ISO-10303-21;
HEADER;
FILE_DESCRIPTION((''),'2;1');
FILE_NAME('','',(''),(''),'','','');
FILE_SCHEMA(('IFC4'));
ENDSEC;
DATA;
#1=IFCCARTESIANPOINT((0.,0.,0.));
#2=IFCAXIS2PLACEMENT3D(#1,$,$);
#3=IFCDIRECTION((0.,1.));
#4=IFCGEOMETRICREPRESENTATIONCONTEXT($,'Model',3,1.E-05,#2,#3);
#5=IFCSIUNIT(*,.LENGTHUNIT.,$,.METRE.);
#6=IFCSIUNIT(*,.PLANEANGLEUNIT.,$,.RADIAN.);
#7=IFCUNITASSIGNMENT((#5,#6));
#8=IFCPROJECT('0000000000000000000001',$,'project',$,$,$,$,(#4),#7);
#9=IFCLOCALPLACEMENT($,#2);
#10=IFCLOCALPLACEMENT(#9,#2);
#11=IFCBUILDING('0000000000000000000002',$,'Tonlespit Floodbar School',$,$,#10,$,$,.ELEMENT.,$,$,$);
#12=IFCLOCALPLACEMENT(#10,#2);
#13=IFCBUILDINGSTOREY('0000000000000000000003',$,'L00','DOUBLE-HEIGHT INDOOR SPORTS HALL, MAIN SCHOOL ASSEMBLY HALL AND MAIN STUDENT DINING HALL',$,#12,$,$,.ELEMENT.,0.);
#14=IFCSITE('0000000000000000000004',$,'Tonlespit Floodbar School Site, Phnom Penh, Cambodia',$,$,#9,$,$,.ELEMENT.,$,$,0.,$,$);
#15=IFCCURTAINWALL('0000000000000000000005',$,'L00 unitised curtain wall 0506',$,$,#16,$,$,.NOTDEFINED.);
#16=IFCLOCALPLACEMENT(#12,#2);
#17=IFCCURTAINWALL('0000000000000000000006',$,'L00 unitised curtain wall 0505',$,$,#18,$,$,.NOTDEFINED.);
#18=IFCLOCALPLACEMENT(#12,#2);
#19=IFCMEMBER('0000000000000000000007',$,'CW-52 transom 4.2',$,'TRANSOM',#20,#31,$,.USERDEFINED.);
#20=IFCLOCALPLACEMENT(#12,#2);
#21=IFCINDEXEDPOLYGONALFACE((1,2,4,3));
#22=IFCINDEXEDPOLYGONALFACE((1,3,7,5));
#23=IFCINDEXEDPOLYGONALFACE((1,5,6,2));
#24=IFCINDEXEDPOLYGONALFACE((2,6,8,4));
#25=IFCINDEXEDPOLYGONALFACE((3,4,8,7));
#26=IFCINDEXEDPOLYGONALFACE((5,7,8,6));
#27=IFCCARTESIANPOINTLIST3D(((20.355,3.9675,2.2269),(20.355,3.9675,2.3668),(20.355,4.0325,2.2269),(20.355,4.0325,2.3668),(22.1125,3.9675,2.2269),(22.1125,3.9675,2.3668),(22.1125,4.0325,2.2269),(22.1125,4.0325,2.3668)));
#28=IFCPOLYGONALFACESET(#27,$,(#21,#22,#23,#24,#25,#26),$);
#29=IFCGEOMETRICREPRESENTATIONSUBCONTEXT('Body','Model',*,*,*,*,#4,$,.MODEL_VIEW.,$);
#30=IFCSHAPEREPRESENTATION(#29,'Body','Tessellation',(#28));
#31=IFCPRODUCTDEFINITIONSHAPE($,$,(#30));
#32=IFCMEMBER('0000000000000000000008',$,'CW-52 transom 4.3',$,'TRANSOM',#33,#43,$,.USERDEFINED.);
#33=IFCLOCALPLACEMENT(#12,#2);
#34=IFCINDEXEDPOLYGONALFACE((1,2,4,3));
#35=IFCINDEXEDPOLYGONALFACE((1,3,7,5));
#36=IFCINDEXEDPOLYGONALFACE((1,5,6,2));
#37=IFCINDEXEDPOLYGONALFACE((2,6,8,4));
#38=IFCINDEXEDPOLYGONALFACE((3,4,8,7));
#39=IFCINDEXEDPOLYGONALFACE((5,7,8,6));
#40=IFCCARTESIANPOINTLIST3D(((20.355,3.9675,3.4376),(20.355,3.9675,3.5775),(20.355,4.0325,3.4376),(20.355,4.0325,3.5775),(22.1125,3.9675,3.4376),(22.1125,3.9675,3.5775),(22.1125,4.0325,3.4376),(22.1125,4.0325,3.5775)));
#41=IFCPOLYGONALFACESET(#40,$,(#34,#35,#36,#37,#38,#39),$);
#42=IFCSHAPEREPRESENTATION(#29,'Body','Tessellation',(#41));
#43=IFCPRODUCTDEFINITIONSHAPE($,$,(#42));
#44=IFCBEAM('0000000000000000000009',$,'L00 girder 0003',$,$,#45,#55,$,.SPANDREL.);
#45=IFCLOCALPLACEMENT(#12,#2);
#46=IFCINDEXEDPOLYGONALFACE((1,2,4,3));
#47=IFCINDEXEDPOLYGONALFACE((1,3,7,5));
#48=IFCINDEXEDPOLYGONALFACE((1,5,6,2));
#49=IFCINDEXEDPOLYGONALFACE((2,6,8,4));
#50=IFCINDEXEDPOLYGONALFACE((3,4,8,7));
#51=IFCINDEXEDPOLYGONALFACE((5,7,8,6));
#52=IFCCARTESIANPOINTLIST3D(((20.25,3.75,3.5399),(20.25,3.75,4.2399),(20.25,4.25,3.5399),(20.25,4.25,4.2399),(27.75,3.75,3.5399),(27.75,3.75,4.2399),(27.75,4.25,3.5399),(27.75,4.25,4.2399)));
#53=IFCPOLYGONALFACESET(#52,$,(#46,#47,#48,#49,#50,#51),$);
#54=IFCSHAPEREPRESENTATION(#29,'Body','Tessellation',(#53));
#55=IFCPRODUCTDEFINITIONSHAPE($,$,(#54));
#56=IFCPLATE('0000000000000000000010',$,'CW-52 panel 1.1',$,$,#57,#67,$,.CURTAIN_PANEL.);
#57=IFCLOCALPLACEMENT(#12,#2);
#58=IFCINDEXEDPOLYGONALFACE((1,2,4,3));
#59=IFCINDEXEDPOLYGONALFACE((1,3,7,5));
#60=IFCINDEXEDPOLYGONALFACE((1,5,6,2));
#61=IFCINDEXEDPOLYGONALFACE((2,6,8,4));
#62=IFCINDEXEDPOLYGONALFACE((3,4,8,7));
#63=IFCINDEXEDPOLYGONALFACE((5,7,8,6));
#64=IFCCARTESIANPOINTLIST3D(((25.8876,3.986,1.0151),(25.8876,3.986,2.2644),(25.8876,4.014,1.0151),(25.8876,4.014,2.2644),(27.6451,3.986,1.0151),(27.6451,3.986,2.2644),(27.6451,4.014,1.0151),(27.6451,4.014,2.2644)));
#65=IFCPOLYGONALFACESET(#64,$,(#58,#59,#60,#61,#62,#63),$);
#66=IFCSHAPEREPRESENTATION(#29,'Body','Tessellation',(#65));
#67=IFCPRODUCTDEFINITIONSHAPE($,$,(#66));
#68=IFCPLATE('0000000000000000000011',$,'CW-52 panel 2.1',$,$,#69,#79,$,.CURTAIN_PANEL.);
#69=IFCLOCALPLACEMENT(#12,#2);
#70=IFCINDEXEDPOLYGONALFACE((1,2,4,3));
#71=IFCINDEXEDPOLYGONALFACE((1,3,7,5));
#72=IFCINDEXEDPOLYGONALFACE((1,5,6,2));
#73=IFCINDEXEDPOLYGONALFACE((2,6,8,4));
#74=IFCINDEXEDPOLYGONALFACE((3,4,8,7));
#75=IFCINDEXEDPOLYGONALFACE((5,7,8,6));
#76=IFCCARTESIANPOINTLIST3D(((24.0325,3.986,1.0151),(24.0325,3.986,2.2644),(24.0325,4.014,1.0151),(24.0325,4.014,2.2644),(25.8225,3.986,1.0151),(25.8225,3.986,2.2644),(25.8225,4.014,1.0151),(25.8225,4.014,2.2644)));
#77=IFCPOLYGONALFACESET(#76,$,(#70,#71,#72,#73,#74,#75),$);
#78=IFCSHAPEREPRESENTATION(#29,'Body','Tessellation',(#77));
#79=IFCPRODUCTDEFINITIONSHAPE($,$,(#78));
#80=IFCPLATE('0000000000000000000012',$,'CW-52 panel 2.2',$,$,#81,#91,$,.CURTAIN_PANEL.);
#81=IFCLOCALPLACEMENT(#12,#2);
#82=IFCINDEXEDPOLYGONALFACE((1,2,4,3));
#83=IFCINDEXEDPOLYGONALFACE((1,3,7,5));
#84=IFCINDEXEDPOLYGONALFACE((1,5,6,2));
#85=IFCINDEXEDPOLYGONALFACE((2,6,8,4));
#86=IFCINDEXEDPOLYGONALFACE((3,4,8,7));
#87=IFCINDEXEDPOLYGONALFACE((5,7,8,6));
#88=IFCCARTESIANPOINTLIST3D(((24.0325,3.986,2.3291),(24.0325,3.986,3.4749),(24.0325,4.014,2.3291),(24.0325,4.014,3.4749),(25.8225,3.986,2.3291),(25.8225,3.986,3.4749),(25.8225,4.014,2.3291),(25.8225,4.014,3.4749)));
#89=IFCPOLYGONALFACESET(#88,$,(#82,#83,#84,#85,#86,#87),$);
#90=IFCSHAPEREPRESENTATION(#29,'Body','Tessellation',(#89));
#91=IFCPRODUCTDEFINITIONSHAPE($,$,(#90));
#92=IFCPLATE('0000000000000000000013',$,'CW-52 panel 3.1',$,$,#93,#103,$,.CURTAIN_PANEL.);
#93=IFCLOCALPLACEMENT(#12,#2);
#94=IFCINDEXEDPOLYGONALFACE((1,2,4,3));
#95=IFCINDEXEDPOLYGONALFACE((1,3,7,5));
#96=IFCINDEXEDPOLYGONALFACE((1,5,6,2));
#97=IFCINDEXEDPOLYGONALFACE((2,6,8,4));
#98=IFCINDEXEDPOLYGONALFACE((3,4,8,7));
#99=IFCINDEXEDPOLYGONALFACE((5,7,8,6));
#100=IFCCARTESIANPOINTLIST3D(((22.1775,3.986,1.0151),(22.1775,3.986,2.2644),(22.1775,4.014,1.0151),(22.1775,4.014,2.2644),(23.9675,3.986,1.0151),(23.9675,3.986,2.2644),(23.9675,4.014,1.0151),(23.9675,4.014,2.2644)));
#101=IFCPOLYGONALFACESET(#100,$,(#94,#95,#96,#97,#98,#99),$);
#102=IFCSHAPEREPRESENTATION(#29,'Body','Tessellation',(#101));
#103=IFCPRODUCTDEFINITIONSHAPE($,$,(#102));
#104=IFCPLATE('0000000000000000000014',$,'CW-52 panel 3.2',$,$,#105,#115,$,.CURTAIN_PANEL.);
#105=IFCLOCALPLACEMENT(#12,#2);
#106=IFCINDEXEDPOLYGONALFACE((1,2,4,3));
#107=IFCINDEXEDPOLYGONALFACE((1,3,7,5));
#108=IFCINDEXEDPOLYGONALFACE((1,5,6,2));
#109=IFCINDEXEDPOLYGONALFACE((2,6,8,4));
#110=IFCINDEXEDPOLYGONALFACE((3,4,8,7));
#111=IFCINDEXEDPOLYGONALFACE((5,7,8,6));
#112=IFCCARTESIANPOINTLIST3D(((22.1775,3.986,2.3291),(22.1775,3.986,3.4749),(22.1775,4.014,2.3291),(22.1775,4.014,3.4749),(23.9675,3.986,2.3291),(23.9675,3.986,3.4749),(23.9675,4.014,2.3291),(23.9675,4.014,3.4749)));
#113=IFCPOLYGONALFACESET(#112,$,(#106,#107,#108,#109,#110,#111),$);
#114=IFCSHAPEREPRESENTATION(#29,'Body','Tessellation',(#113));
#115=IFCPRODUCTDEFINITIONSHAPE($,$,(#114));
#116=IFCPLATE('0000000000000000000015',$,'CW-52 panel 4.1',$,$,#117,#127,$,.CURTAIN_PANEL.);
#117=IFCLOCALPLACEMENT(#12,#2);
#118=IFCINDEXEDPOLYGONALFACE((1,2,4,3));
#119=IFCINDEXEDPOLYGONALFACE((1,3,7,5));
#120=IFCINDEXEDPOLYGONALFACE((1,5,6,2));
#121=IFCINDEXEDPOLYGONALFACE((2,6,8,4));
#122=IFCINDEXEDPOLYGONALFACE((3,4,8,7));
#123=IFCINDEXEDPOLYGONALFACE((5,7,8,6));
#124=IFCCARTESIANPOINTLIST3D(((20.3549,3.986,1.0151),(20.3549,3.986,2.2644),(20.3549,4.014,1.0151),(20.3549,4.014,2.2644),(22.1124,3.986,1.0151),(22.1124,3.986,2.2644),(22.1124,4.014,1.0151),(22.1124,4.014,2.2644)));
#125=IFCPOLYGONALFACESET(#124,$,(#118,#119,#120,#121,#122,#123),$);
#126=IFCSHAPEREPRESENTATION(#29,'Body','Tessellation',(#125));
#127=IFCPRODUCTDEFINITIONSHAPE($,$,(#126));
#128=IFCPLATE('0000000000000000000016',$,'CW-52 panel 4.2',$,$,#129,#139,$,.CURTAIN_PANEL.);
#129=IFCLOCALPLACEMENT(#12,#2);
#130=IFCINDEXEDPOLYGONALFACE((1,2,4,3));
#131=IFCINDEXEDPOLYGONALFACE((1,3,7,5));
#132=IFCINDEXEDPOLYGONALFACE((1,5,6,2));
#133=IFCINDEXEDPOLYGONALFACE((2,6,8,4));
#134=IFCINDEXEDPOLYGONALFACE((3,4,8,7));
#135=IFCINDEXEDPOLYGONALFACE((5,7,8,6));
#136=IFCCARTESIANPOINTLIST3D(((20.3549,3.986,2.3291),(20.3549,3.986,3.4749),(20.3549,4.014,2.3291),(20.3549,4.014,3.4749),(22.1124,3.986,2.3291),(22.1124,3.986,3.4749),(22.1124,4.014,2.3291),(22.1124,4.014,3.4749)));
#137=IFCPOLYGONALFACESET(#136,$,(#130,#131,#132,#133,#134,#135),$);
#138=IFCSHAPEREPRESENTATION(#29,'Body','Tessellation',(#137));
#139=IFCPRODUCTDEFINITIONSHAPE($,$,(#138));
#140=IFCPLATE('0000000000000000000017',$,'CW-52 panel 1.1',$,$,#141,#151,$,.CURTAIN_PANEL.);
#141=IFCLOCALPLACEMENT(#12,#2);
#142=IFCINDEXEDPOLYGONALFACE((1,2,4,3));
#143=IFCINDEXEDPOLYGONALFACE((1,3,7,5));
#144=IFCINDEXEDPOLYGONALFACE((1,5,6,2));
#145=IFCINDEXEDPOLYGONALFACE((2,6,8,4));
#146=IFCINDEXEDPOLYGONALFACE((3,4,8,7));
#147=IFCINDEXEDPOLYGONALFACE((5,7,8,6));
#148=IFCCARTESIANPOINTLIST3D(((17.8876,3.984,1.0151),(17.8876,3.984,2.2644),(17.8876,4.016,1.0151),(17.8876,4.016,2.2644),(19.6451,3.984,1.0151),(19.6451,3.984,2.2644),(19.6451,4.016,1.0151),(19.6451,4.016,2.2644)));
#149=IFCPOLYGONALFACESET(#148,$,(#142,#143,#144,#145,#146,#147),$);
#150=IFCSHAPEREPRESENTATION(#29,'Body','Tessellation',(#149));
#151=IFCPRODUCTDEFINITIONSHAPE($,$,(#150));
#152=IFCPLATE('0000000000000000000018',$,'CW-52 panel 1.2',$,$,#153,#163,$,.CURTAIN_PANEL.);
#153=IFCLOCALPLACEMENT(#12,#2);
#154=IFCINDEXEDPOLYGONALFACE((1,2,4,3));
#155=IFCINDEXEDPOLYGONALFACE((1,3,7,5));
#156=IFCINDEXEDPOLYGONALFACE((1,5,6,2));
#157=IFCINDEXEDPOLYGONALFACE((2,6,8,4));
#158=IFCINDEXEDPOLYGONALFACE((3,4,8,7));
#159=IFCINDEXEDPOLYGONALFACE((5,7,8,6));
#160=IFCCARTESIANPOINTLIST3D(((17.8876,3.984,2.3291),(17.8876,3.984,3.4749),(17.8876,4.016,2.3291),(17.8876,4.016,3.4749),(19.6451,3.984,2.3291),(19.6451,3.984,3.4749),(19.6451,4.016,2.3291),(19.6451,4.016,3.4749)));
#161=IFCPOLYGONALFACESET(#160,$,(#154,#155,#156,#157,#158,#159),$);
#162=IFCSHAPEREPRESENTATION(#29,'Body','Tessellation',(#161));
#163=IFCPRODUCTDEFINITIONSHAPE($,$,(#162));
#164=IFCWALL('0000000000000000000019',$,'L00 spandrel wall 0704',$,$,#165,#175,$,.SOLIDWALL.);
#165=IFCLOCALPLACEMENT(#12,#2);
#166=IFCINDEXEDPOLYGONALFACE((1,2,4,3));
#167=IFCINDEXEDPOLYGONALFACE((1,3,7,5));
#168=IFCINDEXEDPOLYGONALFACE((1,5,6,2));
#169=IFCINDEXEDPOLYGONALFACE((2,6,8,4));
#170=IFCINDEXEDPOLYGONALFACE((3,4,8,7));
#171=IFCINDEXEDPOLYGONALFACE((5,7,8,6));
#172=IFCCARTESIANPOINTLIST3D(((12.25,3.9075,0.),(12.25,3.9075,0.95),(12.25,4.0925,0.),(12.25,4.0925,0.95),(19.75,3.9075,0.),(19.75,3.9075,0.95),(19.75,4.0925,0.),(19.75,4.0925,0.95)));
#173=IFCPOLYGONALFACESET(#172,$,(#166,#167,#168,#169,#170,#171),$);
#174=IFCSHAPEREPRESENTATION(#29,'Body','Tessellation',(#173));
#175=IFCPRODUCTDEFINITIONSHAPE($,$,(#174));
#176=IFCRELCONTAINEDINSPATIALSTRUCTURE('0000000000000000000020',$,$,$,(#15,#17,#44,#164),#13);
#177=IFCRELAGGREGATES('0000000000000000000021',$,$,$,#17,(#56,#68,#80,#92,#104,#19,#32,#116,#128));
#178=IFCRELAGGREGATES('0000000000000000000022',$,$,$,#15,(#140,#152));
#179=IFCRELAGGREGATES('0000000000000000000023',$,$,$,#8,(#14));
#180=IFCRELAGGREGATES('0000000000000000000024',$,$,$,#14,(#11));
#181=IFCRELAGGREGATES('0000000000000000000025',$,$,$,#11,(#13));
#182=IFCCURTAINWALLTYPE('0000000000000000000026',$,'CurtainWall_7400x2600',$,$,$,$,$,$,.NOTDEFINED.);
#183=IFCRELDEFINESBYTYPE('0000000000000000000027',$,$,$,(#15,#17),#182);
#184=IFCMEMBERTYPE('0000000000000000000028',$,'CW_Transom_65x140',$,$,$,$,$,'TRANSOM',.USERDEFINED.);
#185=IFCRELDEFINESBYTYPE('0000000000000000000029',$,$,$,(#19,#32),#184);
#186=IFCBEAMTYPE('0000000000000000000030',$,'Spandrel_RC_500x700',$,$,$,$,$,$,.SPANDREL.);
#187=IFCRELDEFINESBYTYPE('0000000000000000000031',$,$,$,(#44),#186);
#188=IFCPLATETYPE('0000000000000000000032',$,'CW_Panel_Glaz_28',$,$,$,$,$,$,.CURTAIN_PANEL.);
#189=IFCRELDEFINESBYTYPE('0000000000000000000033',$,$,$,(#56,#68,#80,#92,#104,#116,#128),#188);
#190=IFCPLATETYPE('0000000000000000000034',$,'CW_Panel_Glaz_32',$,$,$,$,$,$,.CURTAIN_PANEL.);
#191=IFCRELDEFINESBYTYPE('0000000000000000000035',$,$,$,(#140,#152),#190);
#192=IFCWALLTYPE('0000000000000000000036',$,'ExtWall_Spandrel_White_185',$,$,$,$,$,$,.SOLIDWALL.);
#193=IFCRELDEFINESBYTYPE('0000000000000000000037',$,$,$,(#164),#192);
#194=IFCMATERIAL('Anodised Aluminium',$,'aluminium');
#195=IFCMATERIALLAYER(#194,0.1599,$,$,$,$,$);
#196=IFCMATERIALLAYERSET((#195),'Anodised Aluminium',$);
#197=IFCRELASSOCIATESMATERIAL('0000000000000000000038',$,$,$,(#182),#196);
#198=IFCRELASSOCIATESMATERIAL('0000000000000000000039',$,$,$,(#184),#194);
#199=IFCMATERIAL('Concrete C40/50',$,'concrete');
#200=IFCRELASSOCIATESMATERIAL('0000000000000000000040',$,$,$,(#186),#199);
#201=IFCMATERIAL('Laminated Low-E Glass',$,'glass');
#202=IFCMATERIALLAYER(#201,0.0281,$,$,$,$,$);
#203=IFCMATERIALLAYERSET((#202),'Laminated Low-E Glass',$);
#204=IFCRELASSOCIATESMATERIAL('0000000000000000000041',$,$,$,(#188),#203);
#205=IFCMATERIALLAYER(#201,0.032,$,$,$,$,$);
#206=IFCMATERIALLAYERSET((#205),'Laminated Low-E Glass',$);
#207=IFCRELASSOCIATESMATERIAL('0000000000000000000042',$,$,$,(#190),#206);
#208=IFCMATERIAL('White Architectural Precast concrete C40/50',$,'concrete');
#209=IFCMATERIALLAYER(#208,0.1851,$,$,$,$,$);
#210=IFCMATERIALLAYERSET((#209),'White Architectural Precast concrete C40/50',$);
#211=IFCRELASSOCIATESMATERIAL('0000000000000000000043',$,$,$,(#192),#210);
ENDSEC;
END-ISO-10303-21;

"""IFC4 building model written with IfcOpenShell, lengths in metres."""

from ifc_helpers import new_model, si_unit, direction, frame, frame_2d, origin, origin_2d, place, context, subcontext, project, spatial, rectangle, extrude, material, layer, layer_set, material_profile, profile_set, type_object, element, aggregate, save


model = new_model("IFC4")

# Units and contexts
model_context = context("Model", 3, precision=1e-05, world=origin(), true_north=direction((0.0, 1.0)))
body_context = subcontext(model_context, "Body", "Model", "MODEL_VIEW")
ifc_project = project(units=[si_unit("LENGTHUNIT", "METRE"), si_unit("PLANEANGLEUNIT", "RADIAN")], contexts=[model_context])

# Site, building, storey
site_placement = place(None, origin())
site = spatial("IfcSite", under=ifc_project, at=site_placement, Name="Tonlespit Floodbar School Site, Phnom Penh, Cambodia", CompositionType="ELEMENT", RefElevation=0.0)
building_placement = place(site_placement, origin())
building = spatial("IfcBuilding", under=site, at=building_placement, Name="Tonlespit Floodbar School", CompositionType="ELEMENT")
storey_placement = place(building_placement, origin())
storey = spatial("IfcBuildingStorey", under=building, at=storey_placement, Name="L00", Description="DOUBLE-HEIGHT INDOOR SPORTS HALL, MAIN SCHOOL ASSEMBLY HALL AND MAIN STUDENT DINING HALL", CompositionType="ELEMENT", Elevation=0.0)

# Shared definitions
ifc_material_1 = material(Name="Concrete C40/50", Category="concrete")

# Curtain wall
ifc_material_2 = material(Name="Anodised Aluminium", Category="aluminium")
ifc_layer_1 = layer(ifc_material_2, 0.1599)
ifc_layer_set_1 = layer_set([ifc_layer_1], Name="Anodised Aluminium")
curtain_wall_type = type_object("IfcCurtainWallType", Name="CurtainWall_7400x2600", PredefinedType="NOTDEFINED", material=ifc_layer_set_1)
curtain_wall_1_placement = place(storey_placement, origin())
curtain_wall_1 = element("IfcCurtainWall", 1, at=curtain_wall_1_placement, inside=storey, type_object=curtain_wall_type, Name="L00 unitised curtain wall 0506", PredefinedType="NOTDEFINED")

# Curtain wall
curtain_wall_2_placement = place(storey_placement, origin())
curtain_wall_2 = element("IfcCurtainWall", 2, at=curtain_wall_2_placement, inside=storey, type_object=curtain_wall_type, Name="L00 unitised curtain wall 0505", PredefinedType="NOTDEFINED")

# Members
ifc_material_profile_1 = material_profile(ifc_material_2, rectangle(XDim=0.0649, YDim=0.1399, at=origin_2d()), Name="ALU T65x140")
ifc_profile_set_1 = profile_set([ifc_material_profile_1], Name="Anodised Aluminium")
member_type_1 = type_object("IfcMemberType", Name="CW_Transom_65x140", ElementType="TRANSOM", PredefinedType="USERDEFINED", material=ifc_profile_set_1)
member_1_placement = place(storey_placement, frame((22.1125, 4.0, 2.2969), z_axis=(-1.0, 0.0, 0.0), x_axis=(0.0, -1.0, 0.0)))
member_1 = element("IfcMember", 3, at=member_1_placement, type_object=member_type_1, Name="CW-52 transom 4.2", ObjectType="TRANSOM", PredefinedType="USERDEFINED", context=body_context, shape_type="SweptSolid", body=[
    extrude(rectangle(XDim=0.0649, YDim=0.1399, at=origin_2d()), origin(), (0.0, 0.0, 1.0), 1.7576),
])
member_2_placement = place(storey_placement, frame((22.1125, 4.0, 3.5076), z_axis=(-1.0, 0.0, 0.0), x_axis=(0.0, -1.0, 0.0)))
member_2 = element("IfcMember", 4, at=member_2_placement, type_object=member_type_1, Name="CW-52 transom 4.3", ObjectType="TRANSOM", PredefinedType="USERDEFINED", context=body_context, shape_type="SweptSolid", body=[
    extrude(rectangle(XDim=0.0649, YDim=0.1399, at=origin_2d()), origin(), (0.0, 0.0, 1.0), 1.7576),
])

# Beam
ifc_material_profile_2 = material_profile(ifc_material_1, rectangle(XDim=0.5, YDim=0.7, at=origin_2d()), Name="RC 500x700")
ifc_profile_set_2 = profile_set([ifc_material_profile_2], Name="Concrete C40/50")
beam_type = type_object("IfcBeamType", Name="Spandrel_RC_500x700", PredefinedType="SPANDREL", material=ifc_profile_set_2)
beam_placement = place(storey_placement, frame((20.25, 4.0, 3.8899), z_axis=(1.0, 0.0, 0.0), x_axis=(0.0, 1.0, 0.0)))
element("IfcBeam", 5, at=beam_placement, inside=storey, type_object=beam_type, Name="L00 girder 0003", PredefinedType="SPANDREL", context=body_context, shape_type="SweptSolid", body=[
    extrude(rectangle(XDim=0.5, YDim=0.7, at=origin_2d()), origin(), (0.0, 0.0, 1.0), 7.5),
])

# Plates
ifc_material_3 = material(Name="Laminated Low-E Glass", Category="glass")
ifc_layer_2 = layer(ifc_material_3, 0.0281)
ifc_layer_set_2 = layer_set([ifc_layer_2], Name="Laminated Low-E Glass")
plate_type_1 = type_object("IfcPlateType", Name="CW_Panel_Glaz_28", PredefinedType="CURTAIN_PANEL", material=ifc_layer_set_2)
plate_1_placement = place(storey_placement, frame((26.7664, 4.0, 1.0151), z_axis=(0.0, 0.0, 1.0), x_axis=(-1.0, 0.0, 0.0)))
plate_1 = element("IfcPlate", 6, at=plate_1_placement, type_object=plate_type_1, Name="CW-52 panel 1.1", PredefinedType="CURTAIN_PANEL", context=body_context, shape_type="SweptSolid", body=[
    extrude(rectangle(XDim=1.7576, YDim=0.0281, at=origin_2d()), origin(), (0.0, 0.0, 1.0), 1.2493),
])
plate_2_placement = place(storey_placement, frame((24.9275, 4.0, 1.0151), z_axis=(0.0, 0.0, 1.0), x_axis=(-1.0, 0.0, 0.0)))
plate_2 = element("IfcPlate", 7, at=plate_2_placement, type_object=plate_type_1, Name="CW-52 panel 2.1", PredefinedType="CURTAIN_PANEL", context=body_context, shape_type="SweptSolid", body=[
    extrude(rectangle(XDim=1.79, YDim=0.0281, at=origin_2d()), origin(), (0.0, 0.0, 1.0), 1.2493),
])
plate_3_placement = place(storey_placement, frame((24.9275, 4.0, 2.3291), z_axis=(0.0, 0.0, 1.0), x_axis=(-1.0, 0.0, 0.0)))
plate_3 = element("IfcPlate", 8, at=plate_3_placement, type_object=plate_type_1, Name="CW-52 panel 2.2", PredefinedType="CURTAIN_PANEL", context=body_context, shape_type="SweptSolid", body=[
    extrude(rectangle(XDim=1.79, YDim=0.0281, at=origin_2d()), origin(), (0.0, 0.0, 1.0), 1.1458),
])
plate_4_placement = place(storey_placement, frame((23.0725, 4.0, 1.0151), z_axis=(0.0, 0.0, 1.0), x_axis=(-1.0, 0.0, 0.0)))
plate_4 = element("IfcPlate", 9, at=plate_4_placement, type_object=plate_type_1, Name="CW-52 panel 3.1", PredefinedType="CURTAIN_PANEL", context=body_context, shape_type="SweptSolid", body=[
    extrude(rectangle(XDim=1.79, YDim=0.0281, at=origin_2d()), origin(), (0.0, 0.0, 1.0), 1.2493),
])
plate_5_placement = place(storey_placement, frame((23.0725, 4.0, 2.3291), z_axis=(0.0, 0.0, 1.0), x_axis=(-1.0, 0.0, 0.0)))
plate_5 = element("IfcPlate", 10, at=plate_5_placement, type_object=plate_type_1, Name="CW-52 panel 3.2", PredefinedType="CURTAIN_PANEL", context=body_context, shape_type="SweptSolid", body=[
    extrude(rectangle(XDim=1.79, YDim=0.0281, at=origin_2d()), origin(), (0.0, 0.0, 1.0), 1.1458),
])
plate_6_placement = place(storey_placement, frame((21.2336, 4.0, 1.0151), z_axis=(0.0, 0.0, 1.0), x_axis=(-1.0, 0.0, 0.0)))
plate_6 = element("IfcPlate", 11, at=plate_6_placement, type_object=plate_type_1, Name="CW-52 panel 4.1", PredefinedType="CURTAIN_PANEL", context=body_context, shape_type="SweptSolid", body=[
    extrude(rectangle(XDim=1.7576, YDim=0.0281, at=origin_2d()), origin(), (0.0, 0.0, 1.0), 1.2493),
])
plate_7_placement = place(storey_placement, frame((21.2336, 4.0, 2.3291), z_axis=(0.0, 0.0, 1.0), x_axis=(-1.0, 0.0, 0.0)))
plate_7 = element("IfcPlate", 12, at=plate_7_placement, type_object=plate_type_1, Name="CW-52 panel 4.2", PredefinedType="CURTAIN_PANEL", context=body_context, shape_type="SweptSolid", body=[
    extrude(rectangle(XDim=1.7576, YDim=0.0281, at=origin_2d()), origin(), (0.0, 0.0, 1.0), 1.1458),
])
aggregate(curtain_wall_2, [plate_1, plate_2, plate_3, plate_4, plate_5, member_1, member_2, plate_6, plate_7])
ifc_layer_3 = layer(ifc_material_3, 0.032)
ifc_layer_set_3 = layer_set([ifc_layer_3], Name="Laminated Low-E Glass")
plate_type_2 = type_object("IfcPlateType", Name="CW_Panel_Glaz_32", PredefinedType="CURTAIN_PANEL", material=ifc_layer_set_3)
plate_8_placement = place(storey_placement, frame((18.7664, 4.0, 1.0151), z_axis=(0.0, 0.0, 1.0), x_axis=(-1.0, 0.0, 0.0)))
plate_8 = element("IfcPlate", 13, at=plate_8_placement, type_object=plate_type_2, Name="CW-52 panel 1.1", PredefinedType="CURTAIN_PANEL", context=body_context, shape_type="SweptSolid", body=[
    extrude(rectangle(XDim=1.7576, YDim=0.032, at=origin_2d()), origin(), (0.0, 0.0, 1.0), 1.2493),
])
plate_9_placement = place(storey_placement, frame((18.7664, 4.0, 2.3291), z_axis=(0.0, 0.0, 1.0), x_axis=(-1.0, 0.0, 0.0)))
plate_9 = element("IfcPlate", 14, at=plate_9_placement, type_object=plate_type_2, Name="CW-52 panel 1.2", PredefinedType="CURTAIN_PANEL", context=body_context, shape_type="SweptSolid", body=[
    extrude(rectangle(XDim=1.7576, YDim=0.032, at=origin_2d()), origin(), (0.0, 0.0, 1.0), 1.1458),
])
aggregate(curtain_wall_1, [plate_8, plate_9])

# Wall
ifc_material_4 = material(Name="White Architectural Precast concrete C40/50", Category="concrete")
ifc_layer_4 = layer(ifc_material_4, 0.1851)
ifc_layer_set_4 = layer_set([ifc_layer_4], Name="White Architectural Precast concrete C40/50")
wall_type = type_object("IfcWallType", Name="ExtWall_Spandrel_White_185", PredefinedType="SOLIDWALL", material=ifc_layer_set_4)
wall_placement = place(storey_placement, frame((19.75, 4.0, 0.0), z_axis=(0.0, 0.0, 1.0), x_axis=(-1.0, 0.0, 0.0)))
element("IfcWall", 15, at=wall_placement, inside=storey, type_object=wall_type, Name="L00 spandrel wall 0704", PredefinedType="SOLIDWALL", context=body_context, shape_type="SweptSolid", body=[
    extrude(rectangle(XDim=7.5, YDim=0.1851, at=frame_2d((3.75, 0.0))), origin(), (0.0, 0.0, 1.0), 0.95),
])

save(model, "model.ifc")
